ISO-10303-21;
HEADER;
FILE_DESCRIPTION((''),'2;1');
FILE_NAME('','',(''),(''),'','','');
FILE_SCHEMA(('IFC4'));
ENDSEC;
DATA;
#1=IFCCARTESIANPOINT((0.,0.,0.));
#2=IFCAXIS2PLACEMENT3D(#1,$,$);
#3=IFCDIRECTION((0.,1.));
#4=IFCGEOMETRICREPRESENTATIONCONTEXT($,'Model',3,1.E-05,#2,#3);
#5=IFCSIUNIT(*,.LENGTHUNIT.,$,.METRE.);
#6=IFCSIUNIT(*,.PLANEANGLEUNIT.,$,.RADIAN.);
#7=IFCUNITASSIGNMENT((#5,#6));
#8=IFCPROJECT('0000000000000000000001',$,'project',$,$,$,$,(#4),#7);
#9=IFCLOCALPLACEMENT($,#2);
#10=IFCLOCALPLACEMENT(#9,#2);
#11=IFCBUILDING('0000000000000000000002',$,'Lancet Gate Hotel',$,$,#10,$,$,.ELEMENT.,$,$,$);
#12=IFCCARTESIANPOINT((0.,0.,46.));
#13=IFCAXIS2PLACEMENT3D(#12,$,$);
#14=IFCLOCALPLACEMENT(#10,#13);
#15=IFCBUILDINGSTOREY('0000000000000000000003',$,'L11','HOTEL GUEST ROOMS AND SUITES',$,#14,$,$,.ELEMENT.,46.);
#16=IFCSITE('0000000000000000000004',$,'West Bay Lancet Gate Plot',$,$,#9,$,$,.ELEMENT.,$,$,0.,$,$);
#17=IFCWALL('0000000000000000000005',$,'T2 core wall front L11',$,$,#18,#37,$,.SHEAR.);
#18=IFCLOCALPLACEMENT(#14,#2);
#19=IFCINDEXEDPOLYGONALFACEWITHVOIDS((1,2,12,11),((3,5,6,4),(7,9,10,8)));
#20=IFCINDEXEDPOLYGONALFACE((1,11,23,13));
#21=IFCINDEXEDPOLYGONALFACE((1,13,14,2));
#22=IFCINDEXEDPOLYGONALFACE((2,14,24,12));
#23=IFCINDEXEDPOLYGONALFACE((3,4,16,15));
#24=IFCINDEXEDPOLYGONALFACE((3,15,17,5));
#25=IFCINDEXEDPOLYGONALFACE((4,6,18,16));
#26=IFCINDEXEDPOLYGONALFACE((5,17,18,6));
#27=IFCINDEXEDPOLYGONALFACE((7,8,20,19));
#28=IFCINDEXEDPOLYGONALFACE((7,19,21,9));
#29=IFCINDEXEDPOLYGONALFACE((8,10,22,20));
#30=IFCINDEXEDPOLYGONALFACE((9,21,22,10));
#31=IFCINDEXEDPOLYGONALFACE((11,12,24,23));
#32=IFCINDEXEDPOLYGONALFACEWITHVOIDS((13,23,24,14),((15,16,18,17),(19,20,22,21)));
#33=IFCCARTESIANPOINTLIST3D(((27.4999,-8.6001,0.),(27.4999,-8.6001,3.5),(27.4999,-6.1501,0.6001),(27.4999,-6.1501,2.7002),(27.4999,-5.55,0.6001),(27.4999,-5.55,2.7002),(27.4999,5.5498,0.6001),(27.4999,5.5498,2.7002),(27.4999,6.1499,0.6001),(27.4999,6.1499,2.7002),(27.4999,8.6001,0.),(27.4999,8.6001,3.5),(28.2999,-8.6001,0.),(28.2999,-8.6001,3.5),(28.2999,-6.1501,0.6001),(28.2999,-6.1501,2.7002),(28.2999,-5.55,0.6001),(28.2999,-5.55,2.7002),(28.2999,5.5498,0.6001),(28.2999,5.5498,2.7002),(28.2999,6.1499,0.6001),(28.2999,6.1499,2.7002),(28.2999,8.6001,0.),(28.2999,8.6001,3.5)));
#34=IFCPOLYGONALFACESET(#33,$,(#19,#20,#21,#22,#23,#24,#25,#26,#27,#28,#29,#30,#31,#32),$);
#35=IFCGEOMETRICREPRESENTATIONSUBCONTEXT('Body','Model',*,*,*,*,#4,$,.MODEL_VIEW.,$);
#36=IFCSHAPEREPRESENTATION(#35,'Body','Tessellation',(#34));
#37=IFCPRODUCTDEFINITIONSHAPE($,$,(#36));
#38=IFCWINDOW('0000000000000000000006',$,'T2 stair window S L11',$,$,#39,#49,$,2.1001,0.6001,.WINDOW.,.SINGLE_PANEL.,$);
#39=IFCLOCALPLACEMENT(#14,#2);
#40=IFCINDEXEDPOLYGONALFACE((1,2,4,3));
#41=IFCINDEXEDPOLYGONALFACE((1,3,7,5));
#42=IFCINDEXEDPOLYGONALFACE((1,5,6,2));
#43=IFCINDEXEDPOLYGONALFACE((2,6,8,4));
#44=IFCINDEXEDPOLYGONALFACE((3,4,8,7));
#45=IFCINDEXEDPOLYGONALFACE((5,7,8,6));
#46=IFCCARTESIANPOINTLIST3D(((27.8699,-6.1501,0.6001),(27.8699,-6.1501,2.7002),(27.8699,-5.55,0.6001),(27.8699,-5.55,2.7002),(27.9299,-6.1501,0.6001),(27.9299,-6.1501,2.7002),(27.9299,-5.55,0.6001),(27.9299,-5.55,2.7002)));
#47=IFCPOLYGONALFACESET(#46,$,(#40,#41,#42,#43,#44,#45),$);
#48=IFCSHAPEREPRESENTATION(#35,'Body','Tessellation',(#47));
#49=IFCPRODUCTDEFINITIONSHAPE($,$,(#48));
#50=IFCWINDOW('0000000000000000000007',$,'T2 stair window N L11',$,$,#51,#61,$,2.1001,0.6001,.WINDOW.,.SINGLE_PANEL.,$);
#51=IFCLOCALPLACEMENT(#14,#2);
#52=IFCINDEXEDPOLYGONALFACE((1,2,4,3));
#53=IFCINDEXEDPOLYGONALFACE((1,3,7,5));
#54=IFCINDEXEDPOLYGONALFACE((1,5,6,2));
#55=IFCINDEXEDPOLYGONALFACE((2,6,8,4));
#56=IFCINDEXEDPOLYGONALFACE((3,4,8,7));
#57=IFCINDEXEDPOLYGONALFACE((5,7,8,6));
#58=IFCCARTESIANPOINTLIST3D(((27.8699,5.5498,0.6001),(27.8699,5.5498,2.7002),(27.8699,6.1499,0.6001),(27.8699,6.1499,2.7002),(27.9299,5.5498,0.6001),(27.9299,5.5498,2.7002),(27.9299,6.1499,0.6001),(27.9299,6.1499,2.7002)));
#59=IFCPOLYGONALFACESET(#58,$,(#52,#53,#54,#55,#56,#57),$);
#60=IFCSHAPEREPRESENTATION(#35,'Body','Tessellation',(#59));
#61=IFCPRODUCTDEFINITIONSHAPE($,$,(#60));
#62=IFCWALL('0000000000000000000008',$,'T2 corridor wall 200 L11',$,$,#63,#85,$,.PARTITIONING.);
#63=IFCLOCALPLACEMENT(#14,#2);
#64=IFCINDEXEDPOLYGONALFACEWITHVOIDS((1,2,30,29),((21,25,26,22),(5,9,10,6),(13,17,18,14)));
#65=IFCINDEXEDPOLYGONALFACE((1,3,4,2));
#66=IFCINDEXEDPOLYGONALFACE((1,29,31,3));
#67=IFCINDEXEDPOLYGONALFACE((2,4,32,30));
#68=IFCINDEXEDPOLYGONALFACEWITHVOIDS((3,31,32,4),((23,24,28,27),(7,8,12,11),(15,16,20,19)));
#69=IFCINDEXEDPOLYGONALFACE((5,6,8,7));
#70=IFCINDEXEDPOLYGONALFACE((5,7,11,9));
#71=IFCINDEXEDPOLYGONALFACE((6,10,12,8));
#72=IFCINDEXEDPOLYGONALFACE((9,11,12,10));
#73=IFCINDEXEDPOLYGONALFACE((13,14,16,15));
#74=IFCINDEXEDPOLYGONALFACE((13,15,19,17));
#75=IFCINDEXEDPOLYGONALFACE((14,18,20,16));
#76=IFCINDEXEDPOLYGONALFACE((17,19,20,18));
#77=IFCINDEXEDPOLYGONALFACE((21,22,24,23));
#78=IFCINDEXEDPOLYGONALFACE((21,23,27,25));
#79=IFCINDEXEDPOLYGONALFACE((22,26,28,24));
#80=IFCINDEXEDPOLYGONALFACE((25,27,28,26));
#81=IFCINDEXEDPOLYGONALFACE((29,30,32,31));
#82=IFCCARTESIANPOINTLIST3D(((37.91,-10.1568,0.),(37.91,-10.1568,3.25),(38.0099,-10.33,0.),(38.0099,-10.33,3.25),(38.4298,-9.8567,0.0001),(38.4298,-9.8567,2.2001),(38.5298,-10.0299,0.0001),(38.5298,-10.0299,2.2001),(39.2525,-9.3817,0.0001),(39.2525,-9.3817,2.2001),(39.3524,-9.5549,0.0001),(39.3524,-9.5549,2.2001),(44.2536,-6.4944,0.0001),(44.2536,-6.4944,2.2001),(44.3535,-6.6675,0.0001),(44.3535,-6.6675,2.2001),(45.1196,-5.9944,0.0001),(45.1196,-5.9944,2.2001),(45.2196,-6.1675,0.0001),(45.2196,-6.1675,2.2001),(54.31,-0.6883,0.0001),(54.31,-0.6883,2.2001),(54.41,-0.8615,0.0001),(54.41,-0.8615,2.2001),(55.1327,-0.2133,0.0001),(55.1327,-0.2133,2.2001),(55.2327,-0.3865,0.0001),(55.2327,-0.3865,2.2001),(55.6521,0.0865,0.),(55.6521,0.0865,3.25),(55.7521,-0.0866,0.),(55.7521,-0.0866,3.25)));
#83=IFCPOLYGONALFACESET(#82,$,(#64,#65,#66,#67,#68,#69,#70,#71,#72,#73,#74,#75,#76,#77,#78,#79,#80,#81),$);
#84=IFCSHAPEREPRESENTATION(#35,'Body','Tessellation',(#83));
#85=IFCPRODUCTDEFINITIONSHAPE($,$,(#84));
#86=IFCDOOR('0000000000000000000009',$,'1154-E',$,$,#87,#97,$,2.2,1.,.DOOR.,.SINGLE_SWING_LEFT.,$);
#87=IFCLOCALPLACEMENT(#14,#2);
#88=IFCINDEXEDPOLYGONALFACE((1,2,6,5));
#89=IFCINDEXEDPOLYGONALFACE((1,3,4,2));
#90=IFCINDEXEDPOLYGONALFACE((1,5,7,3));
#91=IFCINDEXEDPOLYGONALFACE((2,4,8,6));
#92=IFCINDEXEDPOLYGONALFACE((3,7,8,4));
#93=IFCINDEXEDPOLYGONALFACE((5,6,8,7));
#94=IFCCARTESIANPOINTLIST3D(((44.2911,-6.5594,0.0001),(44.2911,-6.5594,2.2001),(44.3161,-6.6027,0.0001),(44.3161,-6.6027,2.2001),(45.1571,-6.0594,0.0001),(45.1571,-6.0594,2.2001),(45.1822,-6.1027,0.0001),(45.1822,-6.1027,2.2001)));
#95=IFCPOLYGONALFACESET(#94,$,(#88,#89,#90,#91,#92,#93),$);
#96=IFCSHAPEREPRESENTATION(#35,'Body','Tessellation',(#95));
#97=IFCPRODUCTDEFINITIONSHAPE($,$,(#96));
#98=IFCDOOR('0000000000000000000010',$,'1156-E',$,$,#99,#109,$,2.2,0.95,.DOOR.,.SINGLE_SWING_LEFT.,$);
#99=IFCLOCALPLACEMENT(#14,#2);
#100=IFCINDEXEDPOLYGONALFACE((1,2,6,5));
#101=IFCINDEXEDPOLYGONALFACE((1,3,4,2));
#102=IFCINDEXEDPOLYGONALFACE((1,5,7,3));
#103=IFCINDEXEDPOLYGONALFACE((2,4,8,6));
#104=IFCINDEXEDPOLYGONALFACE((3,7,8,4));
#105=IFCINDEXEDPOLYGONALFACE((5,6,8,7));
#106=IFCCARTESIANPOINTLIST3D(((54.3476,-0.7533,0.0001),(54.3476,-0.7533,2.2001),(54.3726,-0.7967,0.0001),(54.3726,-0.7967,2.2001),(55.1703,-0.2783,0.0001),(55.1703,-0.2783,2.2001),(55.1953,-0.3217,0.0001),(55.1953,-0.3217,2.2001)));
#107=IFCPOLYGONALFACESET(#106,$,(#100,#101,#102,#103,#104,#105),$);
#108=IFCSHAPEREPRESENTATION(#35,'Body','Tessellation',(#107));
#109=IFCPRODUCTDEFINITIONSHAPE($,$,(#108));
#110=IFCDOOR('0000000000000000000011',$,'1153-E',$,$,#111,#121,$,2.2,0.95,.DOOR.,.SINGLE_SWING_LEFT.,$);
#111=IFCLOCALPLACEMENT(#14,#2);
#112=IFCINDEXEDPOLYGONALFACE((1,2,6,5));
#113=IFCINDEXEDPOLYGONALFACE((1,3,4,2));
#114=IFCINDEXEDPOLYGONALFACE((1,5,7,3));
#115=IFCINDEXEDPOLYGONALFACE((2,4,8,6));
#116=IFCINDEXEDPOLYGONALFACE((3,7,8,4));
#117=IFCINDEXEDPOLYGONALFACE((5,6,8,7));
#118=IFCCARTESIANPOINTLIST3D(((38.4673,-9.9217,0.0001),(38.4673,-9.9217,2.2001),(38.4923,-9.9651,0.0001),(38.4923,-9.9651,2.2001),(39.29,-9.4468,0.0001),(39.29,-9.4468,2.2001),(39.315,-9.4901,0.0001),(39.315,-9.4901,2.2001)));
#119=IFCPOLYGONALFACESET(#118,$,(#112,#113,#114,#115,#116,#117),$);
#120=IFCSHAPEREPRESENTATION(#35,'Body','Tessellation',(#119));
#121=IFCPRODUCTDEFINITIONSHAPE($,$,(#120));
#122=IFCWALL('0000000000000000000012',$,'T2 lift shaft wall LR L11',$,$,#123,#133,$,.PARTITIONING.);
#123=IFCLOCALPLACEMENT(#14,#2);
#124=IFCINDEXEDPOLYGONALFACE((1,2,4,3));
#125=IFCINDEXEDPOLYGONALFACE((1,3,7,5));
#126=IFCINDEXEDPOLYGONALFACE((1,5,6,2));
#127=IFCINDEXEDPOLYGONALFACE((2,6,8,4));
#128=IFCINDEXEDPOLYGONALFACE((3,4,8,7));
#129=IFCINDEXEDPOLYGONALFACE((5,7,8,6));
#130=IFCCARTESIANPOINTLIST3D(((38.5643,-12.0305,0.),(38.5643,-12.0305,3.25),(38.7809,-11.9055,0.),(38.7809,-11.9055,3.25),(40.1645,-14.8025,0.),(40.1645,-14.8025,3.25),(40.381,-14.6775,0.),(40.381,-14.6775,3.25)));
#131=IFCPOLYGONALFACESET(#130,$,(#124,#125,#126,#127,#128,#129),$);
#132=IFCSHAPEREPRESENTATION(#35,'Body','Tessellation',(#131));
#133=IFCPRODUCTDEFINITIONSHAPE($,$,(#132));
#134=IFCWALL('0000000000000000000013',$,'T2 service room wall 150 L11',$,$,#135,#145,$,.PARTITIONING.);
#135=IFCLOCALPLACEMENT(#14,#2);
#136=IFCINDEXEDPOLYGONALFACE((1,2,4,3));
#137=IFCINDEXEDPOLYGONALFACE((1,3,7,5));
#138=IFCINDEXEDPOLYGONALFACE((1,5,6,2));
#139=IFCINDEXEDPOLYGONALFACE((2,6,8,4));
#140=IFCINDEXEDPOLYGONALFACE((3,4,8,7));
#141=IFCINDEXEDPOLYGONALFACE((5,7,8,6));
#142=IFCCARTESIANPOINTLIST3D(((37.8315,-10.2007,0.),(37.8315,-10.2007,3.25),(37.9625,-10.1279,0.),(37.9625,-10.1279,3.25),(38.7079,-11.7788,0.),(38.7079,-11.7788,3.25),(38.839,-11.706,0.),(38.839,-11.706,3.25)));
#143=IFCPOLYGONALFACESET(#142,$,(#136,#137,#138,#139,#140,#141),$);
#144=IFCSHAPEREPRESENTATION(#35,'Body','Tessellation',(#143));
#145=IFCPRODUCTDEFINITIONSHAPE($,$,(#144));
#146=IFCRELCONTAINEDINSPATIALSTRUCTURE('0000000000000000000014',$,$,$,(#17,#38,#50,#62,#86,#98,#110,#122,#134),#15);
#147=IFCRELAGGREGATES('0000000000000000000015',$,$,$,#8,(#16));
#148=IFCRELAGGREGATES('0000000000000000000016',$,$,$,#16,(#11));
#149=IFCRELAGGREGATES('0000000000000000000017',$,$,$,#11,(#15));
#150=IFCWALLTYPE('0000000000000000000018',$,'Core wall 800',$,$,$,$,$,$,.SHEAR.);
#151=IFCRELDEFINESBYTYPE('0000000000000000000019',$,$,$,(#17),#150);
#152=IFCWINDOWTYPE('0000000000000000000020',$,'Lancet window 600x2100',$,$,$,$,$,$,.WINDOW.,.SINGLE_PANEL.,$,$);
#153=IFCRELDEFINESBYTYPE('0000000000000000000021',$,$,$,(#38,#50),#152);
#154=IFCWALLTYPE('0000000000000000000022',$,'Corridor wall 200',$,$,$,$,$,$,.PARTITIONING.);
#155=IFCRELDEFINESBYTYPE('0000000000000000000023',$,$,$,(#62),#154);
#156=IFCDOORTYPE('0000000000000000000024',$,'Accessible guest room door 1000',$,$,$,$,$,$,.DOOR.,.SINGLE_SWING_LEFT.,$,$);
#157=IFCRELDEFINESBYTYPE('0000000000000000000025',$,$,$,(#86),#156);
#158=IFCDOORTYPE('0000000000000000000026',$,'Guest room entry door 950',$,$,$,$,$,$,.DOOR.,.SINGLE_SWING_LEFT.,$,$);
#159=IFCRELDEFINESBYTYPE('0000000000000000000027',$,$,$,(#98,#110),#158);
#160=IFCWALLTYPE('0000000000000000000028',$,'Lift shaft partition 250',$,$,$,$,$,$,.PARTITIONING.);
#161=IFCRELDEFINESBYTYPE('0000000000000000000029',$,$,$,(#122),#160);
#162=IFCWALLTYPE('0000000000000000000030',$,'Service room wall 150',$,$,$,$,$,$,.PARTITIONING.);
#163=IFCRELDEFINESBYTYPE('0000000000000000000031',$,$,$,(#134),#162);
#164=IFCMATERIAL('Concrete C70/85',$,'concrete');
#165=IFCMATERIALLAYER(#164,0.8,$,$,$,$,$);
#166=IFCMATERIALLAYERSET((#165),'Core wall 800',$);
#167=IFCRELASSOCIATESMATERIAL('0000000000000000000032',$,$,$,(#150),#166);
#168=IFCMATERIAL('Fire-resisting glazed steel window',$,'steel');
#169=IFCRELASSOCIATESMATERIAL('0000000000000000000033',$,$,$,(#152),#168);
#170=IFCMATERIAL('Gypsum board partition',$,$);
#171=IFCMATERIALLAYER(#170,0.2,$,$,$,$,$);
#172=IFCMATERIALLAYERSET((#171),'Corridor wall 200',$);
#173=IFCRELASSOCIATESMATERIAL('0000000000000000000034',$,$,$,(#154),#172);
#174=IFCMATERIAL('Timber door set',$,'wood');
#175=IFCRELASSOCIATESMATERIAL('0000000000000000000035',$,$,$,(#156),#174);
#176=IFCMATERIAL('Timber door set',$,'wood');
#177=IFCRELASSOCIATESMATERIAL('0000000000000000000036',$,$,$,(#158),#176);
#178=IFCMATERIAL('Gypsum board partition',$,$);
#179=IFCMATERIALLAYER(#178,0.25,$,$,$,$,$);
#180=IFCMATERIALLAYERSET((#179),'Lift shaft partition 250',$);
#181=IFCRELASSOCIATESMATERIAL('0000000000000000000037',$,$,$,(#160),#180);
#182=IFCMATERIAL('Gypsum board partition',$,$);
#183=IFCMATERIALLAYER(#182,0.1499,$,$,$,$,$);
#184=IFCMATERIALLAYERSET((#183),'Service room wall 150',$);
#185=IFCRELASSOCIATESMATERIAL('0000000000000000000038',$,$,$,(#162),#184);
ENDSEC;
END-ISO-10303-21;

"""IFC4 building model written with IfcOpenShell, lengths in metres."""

from ifc_helpers import new_model, si_unit, direction, frame, frame_2d, origin, place, context, subcontext, project, spatial, rectangle, extrude, material, layer, layer_set, type_object, element, fill, save


model = new_model("IFC4")

# Units and contexts
model_context = context("Model", 3, precision=1e-05, world=origin(), true_north=direction((0.0, 1.0)))
body_context = subcontext(model_context, "Body", "Model", "MODEL_VIEW")
ifc_project = project(units=[si_unit("LENGTHUNIT", "METRE"), si_unit("PLANEANGLEUNIT", "RADIAN")], contexts=[model_context])

# Site, building, storey
site_placement = place(None, origin())
site = spatial("IfcSite", under=ifc_project, at=site_placement, Name="West Bay Lancet Gate Plot", CompositionType="ELEMENT", RefElevation=0.0)
building_placement = place(site_placement, origin())
building = spatial("IfcBuilding", under=site, at=building_placement, Name="Lancet Gate Hotel", CompositionType="ELEMENT")
storey_placement = place(building_placement, frame((0.0, 0.0, 46.0)))
storey = spatial("IfcBuildingStorey", under=building, at=storey_placement, Name="L11", Description="HOTEL GUEST ROOMS AND SUITES", CompositionType="ELEMENT", Elevation=46.0)

# Wall, openings, windows
ifc_material_1 = material(Name="Concrete C70/85", Category="concrete")
ifc_layer_1 = layer(ifc_material_1, 0.8)
ifc_layer_set_1 = layer_set([ifc_layer_1], Name="Core wall 800")
wall_type_1 = type_object("IfcWallType", Name="Core wall 800", PredefinedType="SHEAR", material=ifc_layer_set_1)
wall_1_placement = place(storey_placement, frame((27.8999, -8.6001, 0.0), z_axis=(0.0, 0.0, 1.0), x_axis=(0.0, 1.0, 0.0)))
wall_1 = element("IfcWall", 1, at=wall_1_placement, inside=storey, type_object=wall_type_1, Name="T2 core wall front L11", PredefinedType="SHEAR", context=body_context, shape_type="SweptSolid", body=[
    extrude(rectangle(XDim=17.2002, YDim=0.8, at=frame_2d((8.6001, 0.0))), origin(), (0.0, 0.0, 1.0), 3.5),
])
opening_1_placement = place(wall_1_placement, frame((2.45, 0.0, 0.6001)))
opening_1 = element("IfcOpeningElement", 2, at=opening_1_placement, cuts=wall_1, PredefinedType="OPENING", context=body_context, shape_type="SweptSolid", body=[
    extrude(rectangle(XDim=0.6001, YDim=2.1001, at=frame_2d((0.3, 1.05))), frame((0.0, 0.4099, 0.0), z_axis=(0.0, -1.0, 0.0), x_axis=(1.0, 0.0, 0.0)), (0.0, 0.0, 1.0), 0.8201),
])
opening_2_placement = place(wall_1_placement, frame((14.1499, 0.0, 0.6001)))
opening_2 = element("IfcOpeningElement", 3, at=opening_2_placement, cuts=wall_1, PredefinedType="OPENING", context=body_context, shape_type="SweptSolid", body=[
    extrude(rectangle(XDim=0.6001, YDim=2.1001, at=frame_2d((0.3, 1.05))), frame((0.0, 0.4099, 0.0), z_axis=(0.0, -1.0, 0.0), x_axis=(1.0, 0.0, 0.0)), (0.0, 0.0, 1.0), 0.8201),
])
ifc_material_2 = material(Name="Fire-resisting glazed steel window", Category="steel")
window_type = type_object("IfcWindowType", Name="Lancet window 600x2100", PartitioningType="SINGLE_PANEL", PredefinedType="WINDOW", material=ifc_material_2)
window_1_placement = place(opening_1_placement, origin())
window_1 = element("IfcWindow", 4, at=window_1_placement, inside=storey, type_object=window_type, Name="T2 stair window S L11", OverallHeight=2.1001, OverallWidth=0.6001, PartitioningType="SINGLE_PANEL", PredefinedType="WINDOW", context=body_context, shape_type="SweptSolid", body=[
    extrude(rectangle(XDim=0.6001, YDim=2.1001, at=frame_2d((0.3, 1.05))), frame((0.0, 0.03, 0.0), z_axis=(0.0, -1.0, 0.0), x_axis=(1.0, 0.0, 0.0)), (0.0, 0.0, 1.0), 0.0601),
])
fill(opening_1, window_1)
window_2_placement = place(opening_2_placement, origin())
window_2 = element("IfcWindow", 5, at=window_2_placement, inside=storey, type_object=window_type, Name="T2 stair window N L11", OverallHeight=2.1001, OverallWidth=0.6001, PartitioningType="SINGLE_PANEL", PredefinedType="WINDOW", context=body_context, shape_type="SweptSolid", body=[
    extrude(rectangle(XDim=0.6001, YDim=2.1001, at=frame_2d((0.3, 1.05))), frame((0.0, 0.03, 0.0), z_axis=(0.0, -1.0, 0.0), x_axis=(1.0, 0.0, 0.0)), (0.0, 0.0, 1.0), 0.0601),
])
fill(opening_2, window_2)

# Wall, openings, doors
ifc_material_3 = material(Name="Gypsum board partition")
ifc_layer_2 = layer(ifc_material_3, 0.2)
ifc_layer_set_2 = layer_set([ifc_layer_2], Name="Corridor wall 200")
wall_type_2 = type_object("IfcWallType", Name="Corridor wall 200", PredefinedType="PARTITIONING", material=ifc_layer_set_2)
wall_2_placement = place(storey_placement, frame((37.96, -10.2434, 0.0), z_axis=(0.0, 0.0, 1.0), x_axis=(0.866026, 0.499998, 0.0)))
wall_2 = element("IfcWall", 6, at=wall_2_placement, inside=storey, type_object=wall_type_2, Name="T2 corridor wall 200 L11", PredefinedType="PARTITIONING", context=body_context, shape_type="SweptSolid", body=[
    extrude(rectangle(XDim=20.4868, YDim=0.2, at=frame_2d((10.2434, 0.0))), origin(), (0.0, 0.0, 1.0), 3.25),
])
opening_3_placement = place(wall_2_placement, frame((7.325, 0.0, 0.0)))
opening_3 = element("IfcOpeningElement", 7, at=opening_3_placement, cuts=wall_2, PredefinedType="OPENING", context=body_context, shape_type="SweptSolid", body=[
    extrude(rectangle(XDim=1.0, YDim=2.2, at=frame_2d((0.5, 1.1001))), frame((0.0, 0.1099, 0.0), z_axis=(0.0, -1.0, 0.0), x_axis=(1.0, 0.0, 0.0)), (0.0, 0.0, 1.0), 0.22),
])
opening_4_placement = place(wall_2_placement, frame((18.937, 0.0, 0.0)))
opening_4 = element("IfcOpeningElement", 8, at=opening_4_placement, cuts=wall_2, PredefinedType="OPENING", context=body_context, shape_type="SweptSolid", body=[
    extrude(rectangle(XDim=0.95, YDim=2.2, at=frame_2d((0.4751, 1.1001))), frame((0.0, 0.1099, 0.0), z_axis=(0.0, -1.0, 0.0), x_axis=(1.0, 0.0, 0.0)), (0.0, 0.0, 1.0), 0.22),
])
opening_5_placement = place(wall_2_placement, frame((0.6001, 0.0, 0.0)))
opening_5 = element("IfcOpeningElement", 9, at=opening_5_placement, cuts=wall_2, PredefinedType="OPENING", context=body_context, shape_type="SweptSolid", body=[
    extrude(rectangle(XDim=0.95, YDim=2.2, at=frame_2d((0.4751, 1.1001))), frame((0.0, 0.1099, 0.0), z_axis=(0.0, -1.0, 0.0), x_axis=(1.0, 0.0, 0.0)), (0.0, 0.0, 1.0), 0.22),
])
ifc_material_4 = material(Name="Timber door set", Category="wood")
door_type_1 = type_object("IfcDoorType", Name="Accessible guest room door 1000", OperationType="SINGLE_SWING_LEFT", PredefinedType="DOOR", material=ifc_material_4)
door_1_placement = place(opening_3_placement, origin())
door_1 = element("IfcDoor", 10, at=door_1_placement, inside=storey, type_object=door_type_1, Name="1154-E", OperationType="SINGLE_SWING_LEFT", OverallHeight=2.2, OverallWidth=1.0, PredefinedType="DOOR", context=body_context, shape_type="SweptSolid", body=[
    extrude(rectangle(XDim=1.0, YDim=2.2, at=frame_2d((0.5, 1.1001))), frame((0.0, 0.0249, 0.0), z_axis=(0.0, -1.0, 0.0), x_axis=(1.0, 0.0, 0.0)), (0.0, 0.0, 1.0), 0.05),
])
fill(opening_3, door_1)
ifc_material_5 = material(Name="Timber door set", Category="wood")
door_type_2 = type_object("IfcDoorType", Name="Guest room entry door 950", OperationType="SINGLE_SWING_LEFT", PredefinedType="DOOR", material=ifc_material_5)
door_2_placement = place(opening_4_placement, origin())
door_2 = element("IfcDoor", 11, at=door_2_placement, inside=storey, type_object=door_type_2, Name="1156-E", OperationType="SINGLE_SWING_LEFT", OverallHeight=2.2, OverallWidth=0.95, PredefinedType="DOOR", context=body_context, shape_type="SweptSolid", body=[
    extrude(rectangle(XDim=0.95, YDim=2.2, at=frame_2d((0.4751, 1.1001))), frame((0.0, 0.0249, 0.0), z_axis=(0.0, -1.0, 0.0), x_axis=(1.0, 0.0, 0.0)), (0.0, 0.0, 1.0), 0.05),
])
fill(opening_4, door_2)
door_3_placement = place(opening_5_placement, origin())
door_3 = element("IfcDoor", 12, at=door_3_placement, inside=storey, type_object=door_type_2, Name="1153-E", OperationType="SINGLE_SWING_LEFT", OverallHeight=2.2, OverallWidth=0.95, PredefinedType="DOOR", context=body_context, shape_type="SweptSolid", body=[
    extrude(rectangle(XDim=0.95, YDim=2.2, at=frame_2d((0.4751, 1.1001))), frame((0.0, 0.0249, 0.0), z_axis=(0.0, -1.0, 0.0), x_axis=(1.0, 0.0, 0.0)), (0.0, 0.0, 1.0), 0.05),
])
fill(opening_5, door_3)

# Walls
ifc_material_6 = material(Name="Gypsum board partition")
ifc_layer_3 = layer(ifc_material_6, 0.25)
ifc_layer_set_3 = layer_set([ifc_layer_3], Name="Lift shaft partition 250")
wall_type_3 = type_object("IfcWallType", Name="Lift shaft partition 250", PredefinedType="PARTITIONING", material=ifc_layer_set_3)
wall_3_placement = place(storey_placement, frame((38.6726, -11.968, 0.0), z_axis=(0.0, 0.0, 1.0), x_axis=(0.499929, -0.866066, 0.0)))
element("IfcWall", 13, at=wall_3_placement, inside=storey, type_object=wall_type_3, Name="T2 lift shaft wall LR L11", PredefinedType="PARTITIONING", context=body_context, shape_type="SweptSolid", body=[
    extrude(rectangle(XDim=3.2007, YDim=0.25, at=frame_2d((1.6003, 0.0))), origin(), (0.0, 0.0, 1.0), 3.25),
])
ifc_material_7 = material(Name="Gypsum board partition")
ifc_layer_4 = layer(ifc_material_7, 0.1499)
ifc_layer_set_4 = layer_set([ifc_layer_4], Name="Service room wall 150")
wall_type_4 = type_object("IfcWallType", Name="Service room wall 150", PredefinedType="PARTITIONING", material=ifc_layer_set_4)
wall_4_placement = place(storey_placement, frame((38.7734, -11.7424, 0.0), z_axis=(0.0, 0.0, 1.0), x_axis=(-0.485528, 0.874221, 0.0)))
element("IfcWall", 14, at=wall_4_placement, inside=storey, type_object=wall_type_4, Name="T2 service room wall 150 L11", PredefinedType="PARTITIONING", context=body_context, shape_type="SweptSolid", body=[
    extrude(rectangle(XDim=1.8052, YDim=0.1499, at=frame_2d((0.9026, 0.0))), origin(), (0.0, 0.0, 1.0), 3.25),
])

save(model, "model.ifc")
